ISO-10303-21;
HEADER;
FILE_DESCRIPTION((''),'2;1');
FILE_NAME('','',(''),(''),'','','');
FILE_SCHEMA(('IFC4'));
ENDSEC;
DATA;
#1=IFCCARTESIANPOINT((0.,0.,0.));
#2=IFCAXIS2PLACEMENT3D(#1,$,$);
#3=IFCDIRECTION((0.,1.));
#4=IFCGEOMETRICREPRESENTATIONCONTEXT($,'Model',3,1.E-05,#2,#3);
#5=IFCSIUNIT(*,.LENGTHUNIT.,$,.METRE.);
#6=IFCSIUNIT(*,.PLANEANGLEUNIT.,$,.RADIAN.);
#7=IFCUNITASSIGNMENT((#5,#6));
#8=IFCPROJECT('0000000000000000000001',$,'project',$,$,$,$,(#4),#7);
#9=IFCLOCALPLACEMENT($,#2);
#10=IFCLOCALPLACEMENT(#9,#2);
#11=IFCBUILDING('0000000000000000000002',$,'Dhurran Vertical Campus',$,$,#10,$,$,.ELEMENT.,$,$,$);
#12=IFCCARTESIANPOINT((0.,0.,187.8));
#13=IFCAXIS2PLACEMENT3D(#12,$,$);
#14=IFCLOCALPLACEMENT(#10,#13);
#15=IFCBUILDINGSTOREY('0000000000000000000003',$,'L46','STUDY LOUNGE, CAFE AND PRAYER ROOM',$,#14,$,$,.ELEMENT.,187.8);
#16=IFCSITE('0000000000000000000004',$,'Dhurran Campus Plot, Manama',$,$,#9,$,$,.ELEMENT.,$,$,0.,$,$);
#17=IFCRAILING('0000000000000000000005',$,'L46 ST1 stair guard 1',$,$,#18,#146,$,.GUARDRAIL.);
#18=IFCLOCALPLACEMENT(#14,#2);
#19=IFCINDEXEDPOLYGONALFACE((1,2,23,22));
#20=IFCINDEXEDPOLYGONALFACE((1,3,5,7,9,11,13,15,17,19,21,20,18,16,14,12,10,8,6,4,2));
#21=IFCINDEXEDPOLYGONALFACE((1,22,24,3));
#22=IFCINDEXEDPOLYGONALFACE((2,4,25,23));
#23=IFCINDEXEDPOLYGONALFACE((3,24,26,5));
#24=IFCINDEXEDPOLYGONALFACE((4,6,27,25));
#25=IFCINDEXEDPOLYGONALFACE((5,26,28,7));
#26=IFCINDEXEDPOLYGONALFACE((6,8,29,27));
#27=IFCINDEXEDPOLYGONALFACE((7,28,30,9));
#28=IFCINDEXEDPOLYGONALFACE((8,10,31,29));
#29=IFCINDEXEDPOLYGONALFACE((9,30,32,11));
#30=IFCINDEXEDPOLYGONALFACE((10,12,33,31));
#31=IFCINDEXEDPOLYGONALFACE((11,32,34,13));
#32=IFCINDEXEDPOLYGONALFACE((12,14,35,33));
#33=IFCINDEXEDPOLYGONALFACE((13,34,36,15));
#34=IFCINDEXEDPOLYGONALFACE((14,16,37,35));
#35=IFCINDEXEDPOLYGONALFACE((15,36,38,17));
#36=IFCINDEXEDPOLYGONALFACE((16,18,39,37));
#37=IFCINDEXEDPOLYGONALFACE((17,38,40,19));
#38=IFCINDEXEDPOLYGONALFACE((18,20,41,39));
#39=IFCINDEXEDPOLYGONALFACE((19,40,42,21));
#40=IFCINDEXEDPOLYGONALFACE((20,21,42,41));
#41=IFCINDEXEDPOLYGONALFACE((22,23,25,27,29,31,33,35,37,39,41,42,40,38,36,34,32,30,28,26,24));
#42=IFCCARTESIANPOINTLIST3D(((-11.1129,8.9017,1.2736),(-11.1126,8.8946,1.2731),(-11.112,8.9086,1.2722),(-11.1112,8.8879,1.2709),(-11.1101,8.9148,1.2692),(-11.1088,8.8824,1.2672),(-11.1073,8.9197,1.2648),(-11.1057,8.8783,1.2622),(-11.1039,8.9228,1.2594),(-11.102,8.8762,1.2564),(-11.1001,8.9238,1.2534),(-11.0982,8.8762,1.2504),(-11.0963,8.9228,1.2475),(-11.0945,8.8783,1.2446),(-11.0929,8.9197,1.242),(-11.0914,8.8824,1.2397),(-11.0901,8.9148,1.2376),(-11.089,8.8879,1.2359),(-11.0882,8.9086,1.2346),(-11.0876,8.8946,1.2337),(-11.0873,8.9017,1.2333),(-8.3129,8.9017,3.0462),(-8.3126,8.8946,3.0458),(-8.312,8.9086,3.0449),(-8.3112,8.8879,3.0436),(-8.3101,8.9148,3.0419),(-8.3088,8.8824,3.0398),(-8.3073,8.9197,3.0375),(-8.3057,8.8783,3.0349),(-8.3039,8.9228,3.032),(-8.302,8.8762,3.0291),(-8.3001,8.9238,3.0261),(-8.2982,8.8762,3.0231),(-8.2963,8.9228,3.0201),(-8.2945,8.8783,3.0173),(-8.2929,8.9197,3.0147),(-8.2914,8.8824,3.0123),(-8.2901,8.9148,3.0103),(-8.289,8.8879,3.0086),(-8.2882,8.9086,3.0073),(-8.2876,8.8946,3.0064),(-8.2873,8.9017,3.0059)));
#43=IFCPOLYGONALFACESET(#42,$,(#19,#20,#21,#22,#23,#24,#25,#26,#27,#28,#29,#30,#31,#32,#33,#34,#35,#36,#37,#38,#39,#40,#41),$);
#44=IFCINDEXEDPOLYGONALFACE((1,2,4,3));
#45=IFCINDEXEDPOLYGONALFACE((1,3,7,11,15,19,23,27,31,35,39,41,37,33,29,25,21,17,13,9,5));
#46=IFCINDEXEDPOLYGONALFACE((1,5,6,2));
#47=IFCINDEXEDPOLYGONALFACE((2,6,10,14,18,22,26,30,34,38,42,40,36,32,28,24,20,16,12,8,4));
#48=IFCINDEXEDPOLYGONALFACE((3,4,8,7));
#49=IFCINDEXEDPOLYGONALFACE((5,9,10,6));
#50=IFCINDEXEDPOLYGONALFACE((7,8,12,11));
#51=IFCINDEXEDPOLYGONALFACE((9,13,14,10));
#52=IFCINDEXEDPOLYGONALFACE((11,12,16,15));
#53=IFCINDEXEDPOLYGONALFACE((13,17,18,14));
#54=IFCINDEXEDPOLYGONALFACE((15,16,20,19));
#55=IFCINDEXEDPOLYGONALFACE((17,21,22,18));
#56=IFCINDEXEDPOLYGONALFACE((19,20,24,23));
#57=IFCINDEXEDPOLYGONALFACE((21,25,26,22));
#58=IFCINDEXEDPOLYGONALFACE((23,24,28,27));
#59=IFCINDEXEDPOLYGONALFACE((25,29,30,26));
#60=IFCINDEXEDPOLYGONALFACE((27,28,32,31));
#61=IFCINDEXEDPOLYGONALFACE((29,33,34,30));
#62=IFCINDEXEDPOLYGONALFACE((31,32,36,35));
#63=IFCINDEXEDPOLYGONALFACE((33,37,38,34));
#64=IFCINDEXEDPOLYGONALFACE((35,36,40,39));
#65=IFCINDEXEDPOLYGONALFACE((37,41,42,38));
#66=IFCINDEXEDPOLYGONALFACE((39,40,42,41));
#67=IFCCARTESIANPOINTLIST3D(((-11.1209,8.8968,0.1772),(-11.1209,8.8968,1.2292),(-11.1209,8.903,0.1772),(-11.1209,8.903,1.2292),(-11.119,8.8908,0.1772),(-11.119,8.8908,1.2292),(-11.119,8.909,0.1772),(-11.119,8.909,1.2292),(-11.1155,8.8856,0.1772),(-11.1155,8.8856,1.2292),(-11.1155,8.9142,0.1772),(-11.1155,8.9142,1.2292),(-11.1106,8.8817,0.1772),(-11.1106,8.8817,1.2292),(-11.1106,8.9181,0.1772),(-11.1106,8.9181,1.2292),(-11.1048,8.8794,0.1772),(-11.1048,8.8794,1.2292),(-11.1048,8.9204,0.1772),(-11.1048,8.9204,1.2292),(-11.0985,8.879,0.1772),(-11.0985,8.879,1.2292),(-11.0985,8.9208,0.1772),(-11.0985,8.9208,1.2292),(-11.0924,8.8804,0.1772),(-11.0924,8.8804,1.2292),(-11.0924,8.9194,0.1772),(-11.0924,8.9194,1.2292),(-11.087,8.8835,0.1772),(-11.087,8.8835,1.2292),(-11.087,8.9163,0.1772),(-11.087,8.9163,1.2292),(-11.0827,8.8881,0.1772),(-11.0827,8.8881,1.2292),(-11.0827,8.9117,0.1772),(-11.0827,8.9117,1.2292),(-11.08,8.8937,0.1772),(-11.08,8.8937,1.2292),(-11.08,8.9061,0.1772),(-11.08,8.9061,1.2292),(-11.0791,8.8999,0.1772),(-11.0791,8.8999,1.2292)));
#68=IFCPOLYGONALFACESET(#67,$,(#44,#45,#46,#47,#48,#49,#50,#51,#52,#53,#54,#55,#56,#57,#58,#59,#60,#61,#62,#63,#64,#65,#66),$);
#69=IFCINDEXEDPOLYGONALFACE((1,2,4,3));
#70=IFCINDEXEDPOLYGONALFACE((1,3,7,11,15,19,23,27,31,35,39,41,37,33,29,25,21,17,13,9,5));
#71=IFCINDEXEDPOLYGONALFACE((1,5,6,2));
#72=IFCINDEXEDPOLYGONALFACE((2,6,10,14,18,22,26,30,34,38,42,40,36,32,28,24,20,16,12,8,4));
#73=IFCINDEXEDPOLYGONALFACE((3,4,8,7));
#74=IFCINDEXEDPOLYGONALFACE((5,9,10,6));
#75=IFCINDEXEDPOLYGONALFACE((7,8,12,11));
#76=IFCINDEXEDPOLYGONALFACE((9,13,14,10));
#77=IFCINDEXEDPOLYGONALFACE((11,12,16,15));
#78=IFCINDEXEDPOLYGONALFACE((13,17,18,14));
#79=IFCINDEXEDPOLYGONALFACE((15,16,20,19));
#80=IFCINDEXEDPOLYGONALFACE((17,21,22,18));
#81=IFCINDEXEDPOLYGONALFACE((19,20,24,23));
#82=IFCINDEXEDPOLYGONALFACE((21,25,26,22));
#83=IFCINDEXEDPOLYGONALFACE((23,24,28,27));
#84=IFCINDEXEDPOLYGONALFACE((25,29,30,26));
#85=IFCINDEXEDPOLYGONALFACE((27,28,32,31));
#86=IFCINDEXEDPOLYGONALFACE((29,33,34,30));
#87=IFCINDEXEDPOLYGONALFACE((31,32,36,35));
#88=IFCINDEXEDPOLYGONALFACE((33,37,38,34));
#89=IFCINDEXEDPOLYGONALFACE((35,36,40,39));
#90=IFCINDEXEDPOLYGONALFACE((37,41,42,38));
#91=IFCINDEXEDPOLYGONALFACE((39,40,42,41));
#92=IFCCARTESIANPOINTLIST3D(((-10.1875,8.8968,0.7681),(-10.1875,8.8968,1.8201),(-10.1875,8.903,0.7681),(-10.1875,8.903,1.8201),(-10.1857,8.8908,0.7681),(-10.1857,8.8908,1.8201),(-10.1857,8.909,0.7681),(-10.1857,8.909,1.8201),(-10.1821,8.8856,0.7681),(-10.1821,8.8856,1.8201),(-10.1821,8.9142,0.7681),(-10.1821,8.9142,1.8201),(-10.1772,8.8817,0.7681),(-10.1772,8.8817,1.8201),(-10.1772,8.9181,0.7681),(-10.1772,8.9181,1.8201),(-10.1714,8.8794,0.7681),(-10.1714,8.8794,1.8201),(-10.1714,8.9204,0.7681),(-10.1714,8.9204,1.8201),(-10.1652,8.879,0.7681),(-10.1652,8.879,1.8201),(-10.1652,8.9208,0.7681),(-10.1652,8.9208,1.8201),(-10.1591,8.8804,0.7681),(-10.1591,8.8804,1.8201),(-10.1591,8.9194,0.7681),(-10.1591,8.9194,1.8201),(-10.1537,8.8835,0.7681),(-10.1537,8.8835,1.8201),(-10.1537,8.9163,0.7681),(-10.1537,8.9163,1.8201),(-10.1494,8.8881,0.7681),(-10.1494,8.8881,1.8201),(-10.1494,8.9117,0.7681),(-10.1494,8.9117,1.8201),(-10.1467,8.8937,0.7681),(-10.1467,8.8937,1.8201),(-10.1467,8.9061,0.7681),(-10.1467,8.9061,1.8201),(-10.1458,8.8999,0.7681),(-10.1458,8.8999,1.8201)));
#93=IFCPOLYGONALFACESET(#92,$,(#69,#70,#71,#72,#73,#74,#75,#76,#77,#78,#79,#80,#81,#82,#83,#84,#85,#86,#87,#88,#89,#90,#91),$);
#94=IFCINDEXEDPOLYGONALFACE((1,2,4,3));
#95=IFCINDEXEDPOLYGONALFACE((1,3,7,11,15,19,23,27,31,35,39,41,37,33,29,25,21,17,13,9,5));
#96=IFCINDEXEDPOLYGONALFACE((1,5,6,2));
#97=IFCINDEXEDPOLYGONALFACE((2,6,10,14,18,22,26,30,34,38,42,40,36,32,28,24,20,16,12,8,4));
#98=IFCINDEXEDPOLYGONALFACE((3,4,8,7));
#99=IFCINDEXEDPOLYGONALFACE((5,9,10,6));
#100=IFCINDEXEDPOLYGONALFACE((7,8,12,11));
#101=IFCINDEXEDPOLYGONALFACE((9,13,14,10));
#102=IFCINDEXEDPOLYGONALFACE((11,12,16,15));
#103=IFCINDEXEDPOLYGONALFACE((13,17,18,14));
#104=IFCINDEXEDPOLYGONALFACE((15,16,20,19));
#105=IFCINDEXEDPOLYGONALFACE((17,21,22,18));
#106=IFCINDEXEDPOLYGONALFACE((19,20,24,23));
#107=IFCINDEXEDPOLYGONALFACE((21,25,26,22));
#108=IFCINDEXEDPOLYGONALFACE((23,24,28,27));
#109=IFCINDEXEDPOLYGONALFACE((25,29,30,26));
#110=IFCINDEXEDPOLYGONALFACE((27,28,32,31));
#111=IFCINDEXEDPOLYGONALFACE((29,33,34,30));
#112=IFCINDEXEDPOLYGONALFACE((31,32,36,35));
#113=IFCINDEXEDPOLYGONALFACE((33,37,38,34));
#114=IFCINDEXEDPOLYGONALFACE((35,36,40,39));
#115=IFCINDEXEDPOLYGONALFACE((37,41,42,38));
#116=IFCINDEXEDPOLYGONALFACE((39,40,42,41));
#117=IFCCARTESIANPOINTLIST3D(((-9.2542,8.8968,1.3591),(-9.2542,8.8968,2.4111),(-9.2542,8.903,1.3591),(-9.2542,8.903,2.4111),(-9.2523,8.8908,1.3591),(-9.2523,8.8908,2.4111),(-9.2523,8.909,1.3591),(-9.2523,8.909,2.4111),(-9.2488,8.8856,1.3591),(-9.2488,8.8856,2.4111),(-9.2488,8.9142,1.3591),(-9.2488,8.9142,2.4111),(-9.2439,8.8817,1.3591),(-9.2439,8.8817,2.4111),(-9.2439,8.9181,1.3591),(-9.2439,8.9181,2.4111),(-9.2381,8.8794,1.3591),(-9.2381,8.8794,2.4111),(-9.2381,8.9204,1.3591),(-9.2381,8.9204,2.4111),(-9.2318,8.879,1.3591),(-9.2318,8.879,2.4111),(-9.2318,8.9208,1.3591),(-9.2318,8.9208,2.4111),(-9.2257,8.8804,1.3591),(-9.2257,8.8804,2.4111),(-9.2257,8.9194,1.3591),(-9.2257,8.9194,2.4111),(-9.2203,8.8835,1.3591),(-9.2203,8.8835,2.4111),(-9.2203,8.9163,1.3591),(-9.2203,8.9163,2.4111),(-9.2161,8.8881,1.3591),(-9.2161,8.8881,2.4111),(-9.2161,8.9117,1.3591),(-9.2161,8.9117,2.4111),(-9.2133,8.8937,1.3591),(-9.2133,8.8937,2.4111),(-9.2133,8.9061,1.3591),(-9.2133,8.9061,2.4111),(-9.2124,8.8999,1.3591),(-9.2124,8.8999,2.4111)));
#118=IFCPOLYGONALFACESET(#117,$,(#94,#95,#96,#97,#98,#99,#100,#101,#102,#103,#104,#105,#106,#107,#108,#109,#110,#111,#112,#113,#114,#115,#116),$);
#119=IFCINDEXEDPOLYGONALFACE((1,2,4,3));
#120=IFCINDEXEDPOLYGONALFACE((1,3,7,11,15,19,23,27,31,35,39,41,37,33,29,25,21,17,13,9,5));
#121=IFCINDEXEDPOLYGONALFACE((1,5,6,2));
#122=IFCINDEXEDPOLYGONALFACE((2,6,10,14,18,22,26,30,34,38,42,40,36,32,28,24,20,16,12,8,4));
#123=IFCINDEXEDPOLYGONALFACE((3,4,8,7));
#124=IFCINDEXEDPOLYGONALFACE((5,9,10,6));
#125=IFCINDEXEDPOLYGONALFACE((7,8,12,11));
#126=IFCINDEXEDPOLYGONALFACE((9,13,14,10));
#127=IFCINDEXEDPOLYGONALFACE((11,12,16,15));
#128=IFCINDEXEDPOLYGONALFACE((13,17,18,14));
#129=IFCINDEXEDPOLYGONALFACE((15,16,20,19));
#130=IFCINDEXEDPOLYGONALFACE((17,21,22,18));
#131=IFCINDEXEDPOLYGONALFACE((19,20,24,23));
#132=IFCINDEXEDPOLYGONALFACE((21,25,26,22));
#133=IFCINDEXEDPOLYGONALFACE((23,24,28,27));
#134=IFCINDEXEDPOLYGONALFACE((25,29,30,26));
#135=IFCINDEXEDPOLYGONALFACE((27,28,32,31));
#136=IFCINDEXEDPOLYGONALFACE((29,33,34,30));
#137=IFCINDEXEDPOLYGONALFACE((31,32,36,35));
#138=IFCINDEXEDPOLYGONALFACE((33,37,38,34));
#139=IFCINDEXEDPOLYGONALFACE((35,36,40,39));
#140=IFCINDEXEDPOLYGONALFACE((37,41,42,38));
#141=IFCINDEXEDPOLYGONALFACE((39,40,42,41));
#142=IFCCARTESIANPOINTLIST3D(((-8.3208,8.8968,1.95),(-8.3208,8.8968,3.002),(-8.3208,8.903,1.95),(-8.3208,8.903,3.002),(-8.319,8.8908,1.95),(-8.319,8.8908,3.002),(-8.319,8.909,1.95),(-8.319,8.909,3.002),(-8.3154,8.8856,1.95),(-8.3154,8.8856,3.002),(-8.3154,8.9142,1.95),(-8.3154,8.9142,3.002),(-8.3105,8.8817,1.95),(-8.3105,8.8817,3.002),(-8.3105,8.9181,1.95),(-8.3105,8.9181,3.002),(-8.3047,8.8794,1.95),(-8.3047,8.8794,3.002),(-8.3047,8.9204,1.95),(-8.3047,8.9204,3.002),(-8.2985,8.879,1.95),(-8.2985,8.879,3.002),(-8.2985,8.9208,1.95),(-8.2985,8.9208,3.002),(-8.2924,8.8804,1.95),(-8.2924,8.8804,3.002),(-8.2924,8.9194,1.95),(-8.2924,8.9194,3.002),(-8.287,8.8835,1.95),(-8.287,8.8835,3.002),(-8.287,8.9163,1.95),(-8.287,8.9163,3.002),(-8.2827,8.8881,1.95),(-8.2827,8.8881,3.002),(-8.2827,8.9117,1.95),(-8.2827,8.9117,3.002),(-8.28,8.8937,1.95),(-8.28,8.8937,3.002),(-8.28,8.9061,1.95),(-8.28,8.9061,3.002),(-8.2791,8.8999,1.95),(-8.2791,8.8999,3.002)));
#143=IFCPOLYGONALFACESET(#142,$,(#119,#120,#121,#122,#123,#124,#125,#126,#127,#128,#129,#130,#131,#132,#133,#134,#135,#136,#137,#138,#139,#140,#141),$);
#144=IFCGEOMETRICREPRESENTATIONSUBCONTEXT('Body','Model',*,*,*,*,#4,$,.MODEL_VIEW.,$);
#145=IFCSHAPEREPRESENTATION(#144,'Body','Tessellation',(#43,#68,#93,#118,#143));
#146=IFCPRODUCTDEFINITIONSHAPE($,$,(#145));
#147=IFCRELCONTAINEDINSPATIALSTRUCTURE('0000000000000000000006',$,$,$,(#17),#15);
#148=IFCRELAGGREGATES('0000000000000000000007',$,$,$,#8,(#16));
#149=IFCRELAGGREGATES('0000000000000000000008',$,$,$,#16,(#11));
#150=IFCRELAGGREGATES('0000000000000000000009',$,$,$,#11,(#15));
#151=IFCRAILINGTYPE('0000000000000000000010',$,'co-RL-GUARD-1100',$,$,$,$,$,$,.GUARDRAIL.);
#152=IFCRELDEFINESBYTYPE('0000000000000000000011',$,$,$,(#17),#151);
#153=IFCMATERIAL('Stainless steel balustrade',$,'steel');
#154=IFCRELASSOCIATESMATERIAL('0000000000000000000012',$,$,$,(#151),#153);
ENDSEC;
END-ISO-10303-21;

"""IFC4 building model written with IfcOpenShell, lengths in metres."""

from ifc_helpers import new_model, si_unit, direction, frame, origin, origin_2d, place, context, subcontext, project, spatial, circle, extrude, material, type_object, element, save


model = new_model("IFC4")

# Units and contexts
model_context = context("Model", 3, precision=1e-05, world=origin(), true_north=direction((0.0, 1.0)))
body_context = subcontext(model_context, "Body", "Model", "MODEL_VIEW")
ifc_project = project(units=[si_unit("LENGTHUNIT", "METRE"), si_unit("PLANEANGLEUNIT", "RADIAN")], contexts=[model_context])

# Site, building, storey
site_placement = place(None, origin())
site = spatial("IfcSite", under=ifc_project, at=site_placement, Name="Dhurran Campus Plot, Manama", CompositionType="ELEMENT", RefElevation=0.0)
building_placement = place(site_placement, origin())
building = spatial("IfcBuilding", under=site, at=building_placement, Name="Dhurran Vertical Campus", CompositionType="ELEMENT")
storey_placement = place(building_placement, frame((0.0, 0.0, 187.8)))
storey = spatial("IfcBuildingStorey", under=building, at=storey_placement, Name="L46", Description="STUDY LOUNGE, CAFE AND PRAYER ROOM", CompositionType="ELEMENT", Elevation=187.8)

# Railing
ifc_material_1 = material(Name="Stainless steel balustrade", Category="steel")
railing_type_1 = type_object("IfcRailingType", Name="co-RL-GUARD-1100", PredefinedType="GUARDRAIL", material=ifc_material_1)
railing_1_placement = place(storey_placement, frame((-11.1001, 8.8999, 0.1772)))
element("IfcRailing", 1, at=railing_1_placement, inside=storey, type_object=railing_type_1, Name="L46 ST1 stair guard 1", PredefinedType="GUARDRAIL", context=body_context, shape_type="SweptSolid", body=[
    extrude(circle(Radius=0.0239, at=origin_2d()), frame((0.0, 0.0, 1.0762), z_axis=(0.844909, 0.0, 0.53491), x_axis=(0.0, 1.0, 0.0)), (0.0, 0.0, 1.0), 3.314),
    extrude(circle(Radius=0.021, at=origin_2d()), origin(), (0.0, 0.0, 1.0), 1.052),
    extrude(circle(Radius=0.021, at=origin_2d()), frame((0.9333, 0.0, 0.5908)), (0.0, 0.0, 1.0), 1.052),
    extrude(circle(Radius=0.021, at=origin_2d()), frame((1.8667, 0.0, 1.1819)), (0.0, 0.0, 1.0), 1.052),
    extrude(circle(Radius=0.021, at=origin_2d()), frame((2.8, 0.0, 1.7727)), (0.0, 0.0, 1.0), 1.052),
])

save(model, "model.ifc")
